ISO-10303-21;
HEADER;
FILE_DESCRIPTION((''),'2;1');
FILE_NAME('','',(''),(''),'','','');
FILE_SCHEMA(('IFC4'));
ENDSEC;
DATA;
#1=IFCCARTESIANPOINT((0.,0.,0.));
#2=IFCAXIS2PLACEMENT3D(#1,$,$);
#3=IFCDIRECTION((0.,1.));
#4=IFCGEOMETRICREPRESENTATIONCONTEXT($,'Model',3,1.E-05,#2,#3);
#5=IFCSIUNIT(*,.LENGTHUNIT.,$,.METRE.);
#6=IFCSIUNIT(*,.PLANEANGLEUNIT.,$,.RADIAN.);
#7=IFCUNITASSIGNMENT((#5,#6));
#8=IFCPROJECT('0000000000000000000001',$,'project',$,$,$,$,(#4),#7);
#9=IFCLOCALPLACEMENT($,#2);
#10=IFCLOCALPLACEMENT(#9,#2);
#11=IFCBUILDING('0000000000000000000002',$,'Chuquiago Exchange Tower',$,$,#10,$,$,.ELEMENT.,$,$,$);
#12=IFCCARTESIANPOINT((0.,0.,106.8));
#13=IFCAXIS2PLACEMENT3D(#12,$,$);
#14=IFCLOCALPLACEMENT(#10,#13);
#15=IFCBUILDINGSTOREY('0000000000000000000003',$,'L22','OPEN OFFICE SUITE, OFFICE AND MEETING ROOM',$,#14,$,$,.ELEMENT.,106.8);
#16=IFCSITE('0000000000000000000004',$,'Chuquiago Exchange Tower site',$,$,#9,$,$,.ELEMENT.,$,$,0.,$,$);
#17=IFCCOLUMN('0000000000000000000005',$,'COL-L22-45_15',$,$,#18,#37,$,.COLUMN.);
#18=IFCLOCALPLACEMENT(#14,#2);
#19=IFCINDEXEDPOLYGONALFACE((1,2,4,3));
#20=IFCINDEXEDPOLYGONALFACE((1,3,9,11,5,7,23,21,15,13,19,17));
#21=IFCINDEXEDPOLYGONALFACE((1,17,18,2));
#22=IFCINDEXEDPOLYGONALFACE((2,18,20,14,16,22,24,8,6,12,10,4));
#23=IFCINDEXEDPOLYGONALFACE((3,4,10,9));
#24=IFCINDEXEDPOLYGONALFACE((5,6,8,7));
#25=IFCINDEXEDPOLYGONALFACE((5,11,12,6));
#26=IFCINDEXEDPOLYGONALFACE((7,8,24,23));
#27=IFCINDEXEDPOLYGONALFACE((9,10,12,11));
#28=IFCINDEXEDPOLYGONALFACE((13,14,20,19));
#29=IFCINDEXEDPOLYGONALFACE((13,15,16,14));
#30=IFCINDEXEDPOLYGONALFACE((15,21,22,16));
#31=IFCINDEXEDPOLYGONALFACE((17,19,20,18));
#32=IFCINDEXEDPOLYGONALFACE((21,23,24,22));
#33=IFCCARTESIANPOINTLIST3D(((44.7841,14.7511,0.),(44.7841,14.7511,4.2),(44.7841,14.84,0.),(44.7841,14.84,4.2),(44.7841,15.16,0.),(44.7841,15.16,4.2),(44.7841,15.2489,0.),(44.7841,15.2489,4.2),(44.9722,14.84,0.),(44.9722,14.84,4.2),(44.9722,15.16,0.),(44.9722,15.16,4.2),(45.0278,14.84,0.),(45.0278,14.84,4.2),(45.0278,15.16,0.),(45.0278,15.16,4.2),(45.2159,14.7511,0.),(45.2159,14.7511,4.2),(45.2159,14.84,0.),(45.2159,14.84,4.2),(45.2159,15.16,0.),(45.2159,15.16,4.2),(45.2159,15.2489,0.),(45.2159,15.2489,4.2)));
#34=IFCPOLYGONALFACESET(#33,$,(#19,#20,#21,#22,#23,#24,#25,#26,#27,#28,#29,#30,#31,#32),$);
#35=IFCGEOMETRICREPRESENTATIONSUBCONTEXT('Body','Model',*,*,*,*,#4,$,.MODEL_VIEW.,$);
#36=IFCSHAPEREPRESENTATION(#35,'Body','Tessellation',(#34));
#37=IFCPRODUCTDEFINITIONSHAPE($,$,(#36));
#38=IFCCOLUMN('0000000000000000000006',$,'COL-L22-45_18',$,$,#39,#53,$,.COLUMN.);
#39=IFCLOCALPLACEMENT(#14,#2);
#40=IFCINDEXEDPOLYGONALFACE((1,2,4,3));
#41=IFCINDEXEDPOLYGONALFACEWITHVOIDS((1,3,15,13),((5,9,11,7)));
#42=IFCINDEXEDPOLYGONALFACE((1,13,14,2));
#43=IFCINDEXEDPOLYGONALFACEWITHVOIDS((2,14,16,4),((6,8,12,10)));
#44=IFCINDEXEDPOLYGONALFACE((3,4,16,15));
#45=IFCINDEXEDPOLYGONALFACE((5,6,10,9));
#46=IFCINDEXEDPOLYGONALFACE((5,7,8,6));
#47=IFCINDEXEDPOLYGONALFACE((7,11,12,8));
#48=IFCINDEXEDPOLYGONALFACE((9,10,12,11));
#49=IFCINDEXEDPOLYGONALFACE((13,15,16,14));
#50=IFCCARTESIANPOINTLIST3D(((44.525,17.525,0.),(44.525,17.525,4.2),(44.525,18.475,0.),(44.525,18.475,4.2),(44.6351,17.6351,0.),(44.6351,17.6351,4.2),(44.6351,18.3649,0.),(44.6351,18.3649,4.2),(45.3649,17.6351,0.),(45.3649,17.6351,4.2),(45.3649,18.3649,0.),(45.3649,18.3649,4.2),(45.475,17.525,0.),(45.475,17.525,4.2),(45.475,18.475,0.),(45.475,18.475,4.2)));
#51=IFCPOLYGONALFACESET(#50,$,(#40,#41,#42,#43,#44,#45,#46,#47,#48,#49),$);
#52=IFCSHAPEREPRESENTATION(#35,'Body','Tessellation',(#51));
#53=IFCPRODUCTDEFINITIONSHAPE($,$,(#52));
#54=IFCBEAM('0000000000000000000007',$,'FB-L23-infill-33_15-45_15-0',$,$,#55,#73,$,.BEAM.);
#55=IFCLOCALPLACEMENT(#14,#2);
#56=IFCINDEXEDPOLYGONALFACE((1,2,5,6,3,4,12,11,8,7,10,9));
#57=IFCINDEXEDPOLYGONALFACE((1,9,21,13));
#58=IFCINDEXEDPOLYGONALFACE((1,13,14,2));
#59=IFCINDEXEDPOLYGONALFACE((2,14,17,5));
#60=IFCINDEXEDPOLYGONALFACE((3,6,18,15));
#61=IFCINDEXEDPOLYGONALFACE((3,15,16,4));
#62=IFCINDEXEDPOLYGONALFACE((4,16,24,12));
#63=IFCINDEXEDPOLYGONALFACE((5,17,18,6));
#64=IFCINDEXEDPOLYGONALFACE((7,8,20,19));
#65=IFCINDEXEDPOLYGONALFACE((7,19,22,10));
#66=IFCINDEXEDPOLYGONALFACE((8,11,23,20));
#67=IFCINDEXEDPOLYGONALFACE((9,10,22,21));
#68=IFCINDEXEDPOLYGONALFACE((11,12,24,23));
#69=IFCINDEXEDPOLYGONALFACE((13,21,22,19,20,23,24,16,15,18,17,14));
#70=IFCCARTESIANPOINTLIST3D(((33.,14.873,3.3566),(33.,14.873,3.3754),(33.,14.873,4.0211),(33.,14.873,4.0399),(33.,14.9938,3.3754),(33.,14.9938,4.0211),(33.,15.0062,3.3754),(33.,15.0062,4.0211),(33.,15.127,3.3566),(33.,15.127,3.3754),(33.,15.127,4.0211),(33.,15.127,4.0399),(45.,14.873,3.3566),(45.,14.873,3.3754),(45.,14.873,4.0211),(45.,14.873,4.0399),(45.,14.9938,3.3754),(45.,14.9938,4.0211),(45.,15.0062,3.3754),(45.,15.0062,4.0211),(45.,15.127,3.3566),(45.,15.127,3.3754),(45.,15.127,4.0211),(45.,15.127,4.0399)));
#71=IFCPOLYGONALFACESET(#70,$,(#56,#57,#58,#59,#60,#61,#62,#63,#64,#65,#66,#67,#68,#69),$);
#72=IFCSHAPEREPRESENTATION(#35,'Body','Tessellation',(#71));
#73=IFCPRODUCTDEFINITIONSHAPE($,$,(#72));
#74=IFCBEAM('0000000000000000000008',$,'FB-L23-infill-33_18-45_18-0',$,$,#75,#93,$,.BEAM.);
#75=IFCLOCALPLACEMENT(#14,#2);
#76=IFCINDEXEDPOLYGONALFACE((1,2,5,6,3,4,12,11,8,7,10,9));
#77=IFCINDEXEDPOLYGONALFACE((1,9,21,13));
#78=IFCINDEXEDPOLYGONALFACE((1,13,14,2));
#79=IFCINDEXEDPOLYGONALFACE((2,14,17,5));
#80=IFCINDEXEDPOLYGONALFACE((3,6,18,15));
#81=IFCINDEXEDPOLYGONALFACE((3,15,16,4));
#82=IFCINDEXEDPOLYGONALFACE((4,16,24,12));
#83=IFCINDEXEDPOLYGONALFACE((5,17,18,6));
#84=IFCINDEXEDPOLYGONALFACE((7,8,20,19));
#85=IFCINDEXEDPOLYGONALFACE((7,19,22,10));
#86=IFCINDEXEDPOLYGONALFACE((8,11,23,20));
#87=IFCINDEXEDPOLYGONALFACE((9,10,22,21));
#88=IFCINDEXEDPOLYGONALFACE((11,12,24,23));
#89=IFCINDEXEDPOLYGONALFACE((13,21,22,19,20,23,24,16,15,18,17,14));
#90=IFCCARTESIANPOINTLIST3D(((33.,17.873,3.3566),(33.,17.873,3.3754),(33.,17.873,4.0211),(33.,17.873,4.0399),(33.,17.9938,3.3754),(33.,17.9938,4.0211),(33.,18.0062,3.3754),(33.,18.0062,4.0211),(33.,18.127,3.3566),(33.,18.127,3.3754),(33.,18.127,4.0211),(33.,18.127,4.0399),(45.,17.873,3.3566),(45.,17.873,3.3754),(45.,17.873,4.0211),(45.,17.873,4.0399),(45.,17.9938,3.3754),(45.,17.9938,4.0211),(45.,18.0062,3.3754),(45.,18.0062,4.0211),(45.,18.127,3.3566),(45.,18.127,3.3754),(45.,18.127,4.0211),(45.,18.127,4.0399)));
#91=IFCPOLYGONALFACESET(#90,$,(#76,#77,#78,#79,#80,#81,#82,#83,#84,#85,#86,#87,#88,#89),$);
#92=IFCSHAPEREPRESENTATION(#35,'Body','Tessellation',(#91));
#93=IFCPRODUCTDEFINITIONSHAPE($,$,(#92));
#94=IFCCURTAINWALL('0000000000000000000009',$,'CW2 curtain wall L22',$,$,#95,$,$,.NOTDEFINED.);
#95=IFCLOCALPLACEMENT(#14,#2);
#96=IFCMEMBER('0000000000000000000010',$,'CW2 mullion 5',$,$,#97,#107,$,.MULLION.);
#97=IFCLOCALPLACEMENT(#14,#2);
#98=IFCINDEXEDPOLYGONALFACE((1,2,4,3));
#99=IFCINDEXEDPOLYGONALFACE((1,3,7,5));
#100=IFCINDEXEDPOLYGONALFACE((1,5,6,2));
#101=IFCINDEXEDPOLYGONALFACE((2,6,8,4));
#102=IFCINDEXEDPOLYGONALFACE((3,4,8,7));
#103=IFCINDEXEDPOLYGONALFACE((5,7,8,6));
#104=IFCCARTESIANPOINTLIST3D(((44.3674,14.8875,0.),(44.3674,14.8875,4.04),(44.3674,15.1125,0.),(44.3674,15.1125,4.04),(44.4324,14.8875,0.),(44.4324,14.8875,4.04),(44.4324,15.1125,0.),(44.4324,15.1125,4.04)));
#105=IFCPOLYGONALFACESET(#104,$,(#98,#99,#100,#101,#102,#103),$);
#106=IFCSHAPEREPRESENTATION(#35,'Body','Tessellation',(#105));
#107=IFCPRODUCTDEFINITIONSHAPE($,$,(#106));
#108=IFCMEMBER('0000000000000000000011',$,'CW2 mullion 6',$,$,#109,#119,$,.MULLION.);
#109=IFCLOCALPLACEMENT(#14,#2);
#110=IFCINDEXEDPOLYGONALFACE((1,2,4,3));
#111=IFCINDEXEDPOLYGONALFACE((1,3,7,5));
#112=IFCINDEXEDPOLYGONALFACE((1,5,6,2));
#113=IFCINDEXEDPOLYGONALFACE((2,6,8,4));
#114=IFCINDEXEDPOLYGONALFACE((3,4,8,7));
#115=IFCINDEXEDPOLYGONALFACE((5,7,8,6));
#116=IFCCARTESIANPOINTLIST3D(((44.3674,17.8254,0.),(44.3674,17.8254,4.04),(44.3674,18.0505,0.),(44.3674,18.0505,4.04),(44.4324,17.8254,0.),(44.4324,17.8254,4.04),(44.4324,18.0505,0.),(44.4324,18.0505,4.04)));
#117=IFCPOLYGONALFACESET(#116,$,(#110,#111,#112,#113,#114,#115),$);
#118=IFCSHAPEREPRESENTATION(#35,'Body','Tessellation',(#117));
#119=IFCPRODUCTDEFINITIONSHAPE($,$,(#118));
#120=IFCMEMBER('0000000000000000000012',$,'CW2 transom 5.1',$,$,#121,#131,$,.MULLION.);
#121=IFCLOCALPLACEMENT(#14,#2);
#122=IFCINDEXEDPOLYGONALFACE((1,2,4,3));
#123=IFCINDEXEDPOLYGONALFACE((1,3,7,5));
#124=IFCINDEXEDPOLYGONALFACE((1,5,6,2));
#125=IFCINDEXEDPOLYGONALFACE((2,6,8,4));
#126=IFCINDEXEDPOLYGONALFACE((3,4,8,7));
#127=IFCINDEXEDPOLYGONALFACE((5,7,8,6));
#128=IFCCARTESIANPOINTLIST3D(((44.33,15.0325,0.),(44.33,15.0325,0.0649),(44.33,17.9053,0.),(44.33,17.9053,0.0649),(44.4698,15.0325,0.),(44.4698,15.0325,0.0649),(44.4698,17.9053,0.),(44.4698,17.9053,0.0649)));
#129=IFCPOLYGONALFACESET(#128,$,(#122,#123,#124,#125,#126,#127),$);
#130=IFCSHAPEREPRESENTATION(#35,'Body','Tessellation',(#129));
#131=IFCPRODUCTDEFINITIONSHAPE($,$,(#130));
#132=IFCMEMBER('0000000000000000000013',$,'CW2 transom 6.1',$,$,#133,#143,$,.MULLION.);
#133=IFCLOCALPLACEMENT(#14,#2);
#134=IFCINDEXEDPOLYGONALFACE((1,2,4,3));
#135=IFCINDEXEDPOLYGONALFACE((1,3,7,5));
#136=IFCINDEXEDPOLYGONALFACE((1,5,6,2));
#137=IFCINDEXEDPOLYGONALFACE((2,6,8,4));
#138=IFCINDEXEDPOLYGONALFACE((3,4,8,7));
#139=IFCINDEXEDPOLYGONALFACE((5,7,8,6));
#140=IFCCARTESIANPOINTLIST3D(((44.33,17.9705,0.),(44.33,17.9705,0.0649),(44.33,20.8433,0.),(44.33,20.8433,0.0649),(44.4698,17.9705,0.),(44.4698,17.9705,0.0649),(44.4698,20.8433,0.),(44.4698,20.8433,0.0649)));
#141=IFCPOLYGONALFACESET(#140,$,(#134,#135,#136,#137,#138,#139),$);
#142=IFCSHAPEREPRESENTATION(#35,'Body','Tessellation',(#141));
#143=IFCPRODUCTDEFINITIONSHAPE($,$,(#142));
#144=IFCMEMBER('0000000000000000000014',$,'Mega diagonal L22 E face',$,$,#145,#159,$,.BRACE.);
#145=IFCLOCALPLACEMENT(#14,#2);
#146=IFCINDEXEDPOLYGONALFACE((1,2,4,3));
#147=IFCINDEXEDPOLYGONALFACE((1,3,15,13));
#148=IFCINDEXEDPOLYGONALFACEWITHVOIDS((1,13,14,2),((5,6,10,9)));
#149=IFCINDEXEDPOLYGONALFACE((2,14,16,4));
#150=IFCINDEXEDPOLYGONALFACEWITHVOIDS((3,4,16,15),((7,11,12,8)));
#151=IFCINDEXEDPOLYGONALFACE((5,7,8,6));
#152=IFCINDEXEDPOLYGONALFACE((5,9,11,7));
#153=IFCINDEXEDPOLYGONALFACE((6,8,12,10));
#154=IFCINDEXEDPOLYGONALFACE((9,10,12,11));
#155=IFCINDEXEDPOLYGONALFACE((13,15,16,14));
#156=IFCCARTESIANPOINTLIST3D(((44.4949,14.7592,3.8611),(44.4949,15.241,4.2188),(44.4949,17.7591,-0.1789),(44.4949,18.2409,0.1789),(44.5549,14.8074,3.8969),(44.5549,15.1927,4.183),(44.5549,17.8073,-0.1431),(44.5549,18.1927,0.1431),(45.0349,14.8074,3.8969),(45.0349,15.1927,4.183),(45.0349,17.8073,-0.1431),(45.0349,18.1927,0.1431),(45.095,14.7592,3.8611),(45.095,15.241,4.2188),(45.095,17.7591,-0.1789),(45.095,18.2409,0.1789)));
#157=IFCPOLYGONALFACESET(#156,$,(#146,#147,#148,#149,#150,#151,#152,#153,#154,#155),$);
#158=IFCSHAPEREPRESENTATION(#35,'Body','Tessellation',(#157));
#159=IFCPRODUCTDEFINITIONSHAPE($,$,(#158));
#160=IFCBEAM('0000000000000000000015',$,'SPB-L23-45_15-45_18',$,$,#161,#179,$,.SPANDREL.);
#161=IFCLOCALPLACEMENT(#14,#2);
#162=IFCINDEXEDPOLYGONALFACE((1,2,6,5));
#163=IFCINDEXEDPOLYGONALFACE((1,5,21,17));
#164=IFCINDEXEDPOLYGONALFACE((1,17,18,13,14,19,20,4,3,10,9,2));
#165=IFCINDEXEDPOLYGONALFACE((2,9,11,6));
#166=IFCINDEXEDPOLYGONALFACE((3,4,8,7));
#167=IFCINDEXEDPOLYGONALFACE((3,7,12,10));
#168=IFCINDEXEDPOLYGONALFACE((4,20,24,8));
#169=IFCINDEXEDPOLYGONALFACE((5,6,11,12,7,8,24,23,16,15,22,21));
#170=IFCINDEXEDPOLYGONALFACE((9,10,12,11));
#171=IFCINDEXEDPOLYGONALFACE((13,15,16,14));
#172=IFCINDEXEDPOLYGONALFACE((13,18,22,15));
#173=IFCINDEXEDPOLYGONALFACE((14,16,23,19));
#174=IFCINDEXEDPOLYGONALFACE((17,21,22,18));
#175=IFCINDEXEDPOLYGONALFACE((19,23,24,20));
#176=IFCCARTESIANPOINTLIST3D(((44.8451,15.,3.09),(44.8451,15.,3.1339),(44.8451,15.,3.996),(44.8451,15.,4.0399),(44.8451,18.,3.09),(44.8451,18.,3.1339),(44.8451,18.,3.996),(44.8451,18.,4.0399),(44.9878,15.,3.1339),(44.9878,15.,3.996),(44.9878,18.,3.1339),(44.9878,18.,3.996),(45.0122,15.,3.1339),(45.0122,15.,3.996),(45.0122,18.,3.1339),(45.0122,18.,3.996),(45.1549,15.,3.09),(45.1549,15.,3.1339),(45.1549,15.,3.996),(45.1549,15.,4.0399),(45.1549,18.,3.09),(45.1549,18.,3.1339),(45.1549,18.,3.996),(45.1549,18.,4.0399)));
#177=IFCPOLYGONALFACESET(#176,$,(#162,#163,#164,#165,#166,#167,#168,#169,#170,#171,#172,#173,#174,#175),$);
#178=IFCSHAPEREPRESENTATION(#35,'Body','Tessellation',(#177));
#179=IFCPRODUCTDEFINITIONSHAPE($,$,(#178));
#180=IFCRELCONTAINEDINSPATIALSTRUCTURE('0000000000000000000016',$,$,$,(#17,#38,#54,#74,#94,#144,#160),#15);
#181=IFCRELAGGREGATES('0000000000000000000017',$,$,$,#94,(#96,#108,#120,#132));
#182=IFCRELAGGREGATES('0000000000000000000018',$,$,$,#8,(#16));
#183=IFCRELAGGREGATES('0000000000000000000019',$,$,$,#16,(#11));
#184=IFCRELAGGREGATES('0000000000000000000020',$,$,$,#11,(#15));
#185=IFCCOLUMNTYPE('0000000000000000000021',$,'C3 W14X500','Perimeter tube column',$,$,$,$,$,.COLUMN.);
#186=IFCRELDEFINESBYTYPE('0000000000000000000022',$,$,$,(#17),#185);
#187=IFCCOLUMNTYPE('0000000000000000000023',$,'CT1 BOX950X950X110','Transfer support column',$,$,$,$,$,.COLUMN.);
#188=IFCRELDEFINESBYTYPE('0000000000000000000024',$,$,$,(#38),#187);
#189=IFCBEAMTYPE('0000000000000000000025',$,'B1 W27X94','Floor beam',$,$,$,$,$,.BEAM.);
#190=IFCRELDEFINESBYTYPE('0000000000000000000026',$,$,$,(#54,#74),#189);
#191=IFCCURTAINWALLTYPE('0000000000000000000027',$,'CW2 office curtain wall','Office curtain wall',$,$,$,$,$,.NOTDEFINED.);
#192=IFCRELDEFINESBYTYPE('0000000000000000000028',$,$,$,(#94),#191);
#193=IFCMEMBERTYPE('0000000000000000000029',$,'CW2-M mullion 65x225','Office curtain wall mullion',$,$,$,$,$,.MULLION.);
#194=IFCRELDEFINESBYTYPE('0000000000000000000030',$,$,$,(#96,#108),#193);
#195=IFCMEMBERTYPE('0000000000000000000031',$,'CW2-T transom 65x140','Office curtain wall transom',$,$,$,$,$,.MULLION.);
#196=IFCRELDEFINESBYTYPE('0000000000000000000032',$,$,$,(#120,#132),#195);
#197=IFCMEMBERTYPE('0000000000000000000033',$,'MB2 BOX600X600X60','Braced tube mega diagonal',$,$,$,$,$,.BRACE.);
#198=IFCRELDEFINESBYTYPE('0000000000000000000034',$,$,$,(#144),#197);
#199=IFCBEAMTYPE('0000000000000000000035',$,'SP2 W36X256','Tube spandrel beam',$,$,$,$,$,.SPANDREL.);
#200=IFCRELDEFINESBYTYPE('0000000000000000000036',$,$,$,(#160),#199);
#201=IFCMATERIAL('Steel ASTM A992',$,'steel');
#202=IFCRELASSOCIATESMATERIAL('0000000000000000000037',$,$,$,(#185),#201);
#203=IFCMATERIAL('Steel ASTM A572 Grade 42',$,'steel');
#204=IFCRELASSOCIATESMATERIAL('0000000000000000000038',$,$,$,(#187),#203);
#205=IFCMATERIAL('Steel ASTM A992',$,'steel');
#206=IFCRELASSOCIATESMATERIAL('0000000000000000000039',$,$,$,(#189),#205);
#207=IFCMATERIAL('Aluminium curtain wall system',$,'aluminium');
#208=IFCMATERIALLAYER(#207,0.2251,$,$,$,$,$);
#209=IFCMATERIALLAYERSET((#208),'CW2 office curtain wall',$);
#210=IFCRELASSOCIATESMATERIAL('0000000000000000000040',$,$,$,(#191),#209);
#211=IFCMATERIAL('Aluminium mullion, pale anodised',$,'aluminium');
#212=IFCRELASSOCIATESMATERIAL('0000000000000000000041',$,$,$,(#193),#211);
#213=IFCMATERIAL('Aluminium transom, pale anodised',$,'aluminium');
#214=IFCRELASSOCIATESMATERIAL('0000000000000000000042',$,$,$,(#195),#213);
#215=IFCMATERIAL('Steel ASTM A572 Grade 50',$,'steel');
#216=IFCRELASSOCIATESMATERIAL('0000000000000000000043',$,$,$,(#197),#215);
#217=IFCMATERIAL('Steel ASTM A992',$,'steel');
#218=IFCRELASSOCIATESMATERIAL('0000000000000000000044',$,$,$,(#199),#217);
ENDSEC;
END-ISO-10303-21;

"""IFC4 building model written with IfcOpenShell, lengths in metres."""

from ifc_helpers import new_model, si_unit, direction, frame, origin, origin_2d, place, context, subcontext, project, spatial, rectangle, hollow_rectangle, i_section, extrude, material, layer, layer_set, material_profile, profile_set, type_object, element, aggregate, save


model = new_model("IFC4")

# Units and contexts
model_context = context("Model", 3, precision=1e-05, world=origin(), true_north=direction((0.0, 1.0)))
body_context = subcontext(model_context, "Body", "Model", "MODEL_VIEW")
ifc_project = project(units=[si_unit("LENGTHUNIT", "METRE"), si_unit("PLANEANGLEUNIT", "RADIAN")], contexts=[model_context])

# Site, building, storey
site_placement = place(None, origin())
site = spatial("IfcSite", under=ifc_project, at=site_placement, Name="Chuquiago Exchange Tower site", CompositionType="ELEMENT", RefElevation=0.0)
building_placement = place(site_placement, origin())
building = spatial("IfcBuilding", under=site, at=building_placement, Name="Chuquiago Exchange Tower", CompositionType="ELEMENT")
storey_placement = place(building_placement, frame((0.0, 0.0, 106.8)))
storey = spatial("IfcBuildingStorey", under=building, at=storey_placement, Name="L22", Description="OPEN OFFICE SUITE, OFFICE AND MEETING ROOM", CompositionType="ELEMENT", Elevation=106.8)

# Columns
ifc_material_1 = material(Name="Steel ASTM A992", Category="steel")
ifc_material_profile_1 = material_profile(ifc_material_1, i_section(OverallWidth=0.4319, OverallDepth=0.4978, WebThickness=0.0557, FlangeThickness=0.0889, at=origin_2d()), Name="W14X500")
ifc_profile_set_1 = profile_set([ifc_material_profile_1], Name="Steel ASTM A992")
column_type_1 = type_object("IfcColumnType", Name="C3 W14X500", Description="Perimeter tube column", PredefinedType="COLUMN", material=ifc_profile_set_1)
column_1_placement = place(storey_placement, frame((45.0, 15.0, 0.0), z_axis=(0.0, 0.0, 1.0), x_axis=(1.0, 0.0, 0.0)))
element("IfcColumn", 1, at=column_1_placement, inside=storey, type_object=column_type_1, Name="COL-L22-45_15", PredefinedType="COLUMN", context=body_context, shape_type="SweptSolid", body=[
    extrude(i_section(OverallWidth=0.4319, OverallDepth=0.4978, WebThickness=0.0557, FlangeThickness=0.0889, at=origin_2d()), origin(), (0.0, 0.0, 1.0), 4.2),
])
ifc_material_2 = material(Name="Steel ASTM A572 Grade 42", Category="steel")
ifc_material_profile_2 = material_profile(ifc_material_2, hollow_rectangle(XDim=0.95, YDim=0.95, WallThickness=0.1101, at=origin_2d()), Name="BOX950X950X110")
ifc_profile_set_2 = profile_set([ifc_material_profile_2], Name="Steel ASTM A572 Grade 42")
column_type_2 = type_object("IfcColumnType", Name="CT1 BOX950X950X110", Description="Transfer support column", PredefinedType="COLUMN", material=ifc_profile_set_2)
column_2_placement = place(storey_placement, frame((45.0, 18.0, 0.0), z_axis=(0.0, 0.0, 1.0), x_axis=(1.0, 0.0, 0.0)))
element("IfcColumn", 2, at=column_2_placement, inside=storey, type_object=column_type_2, Name="COL-L22-45_18", PredefinedType="COLUMN", context=body_context, shape_type="SweptSolid", body=[
    extrude(hollow_rectangle(XDim=0.95, YDim=0.95, WallThickness=0.1101, at=origin_2d()), origin(), (0.0, 0.0, 1.0), 4.2),
])

# Beams
ifc_material_3 = material(Name="Steel ASTM A992", Category="steel")
ifc_material_profile_3 = material_profile(ifc_material_3, i_section(OverallWidth=0.2539, OverallDepth=0.6833, WebThickness=0.0125, FlangeThickness=0.0188, at=origin_2d()), Name="W27X94")
ifc_profile_set_3 = profile_set([ifc_material_profile_3], Name="Steel ASTM A992")
beam_type_1 = type_object("IfcBeamType", Name="B1 W27X94", Description="Floor beam", PredefinedType="BEAM", material=ifc_profile_set_3)
for number, where, z_axis, x_axis, name in (
    (3, (33.0, 15.0, 3.6982), (1.0, 0.0, 0.0), (0.0, 1.0, 0.0), "FB-L23-infill-33_15-45_15-0"),
    (4, (33.0, 18.0, 3.6982), (1.0, 0.0, 0.0), (0.0, 1.0, 0.0), "FB-L23-infill-33_18-45_18-0"),
):
    element("IfcBeam", number, at=place(storey_placement, frame(where, z_axis=z_axis, x_axis=x_axis)), inside=storey, type_object=beam_type_1, Name=name, PredefinedType="BEAM", context=body_context, shape_type="SweptSolid", body=[
        extrude(i_section(OverallWidth=0.2539, OverallDepth=0.6833, WebThickness=0.0125, FlangeThickness=0.0188, at=origin_2d()), origin(), (0.0, 0.0, 1.0), 12.0),
    ])

# Curtain wall, members
ifc_material_4 = material(Name="Aluminium curtain wall system", Category="aluminium")
ifc_layer_1 = layer(ifc_material_4, 0.2251)
ifc_layer_set_1 = layer_set([ifc_layer_1], Name="CW2 office curtain wall")
curtain_wall_type = type_object("IfcCurtainWallType", Name="CW2 office curtain wall", Description="Office curtain wall", PredefinedType="NOTDEFINED", material=ifc_layer_set_1)
curtain_wall_placement = place(storey_placement, origin())
curtain_wall = element("IfcCurtainWall", 5, at=curtain_wall_placement, inside=storey, type_object=curtain_wall_type, Name="CW2 curtain wall L22", PredefinedType="NOTDEFINED")
ifc_material_5 = material(Name="Aluminium mullion, pale anodised", Category="aluminium")
ifc_material_profile_4 = material_profile(ifc_material_5, rectangle(XDim=0.0649, YDim=0.2251, at=origin_2d()), Name="AL 65x225")
ifc_profile_set_4 = profile_set([ifc_material_profile_4], Name="Aluminium mullion, pale anodised")
member_type_1 = type_object("IfcMemberType", Name="CW2-M mullion 65x225", Description="Office curtain wall mullion", PredefinedType="MULLION", material=ifc_profile_set_4)
member_1_placement = place(storey_placement, frame((44.3999, 15.0, 0.0), z_axis=(0.0, 0.0, 1.0), x_axis=(-1.0, 0.0, 0.0)))
member_1 = element("IfcMember", 6, at=member_1_placement, type_object=member_type_1, Name="CW2 mullion 5", PredefinedType="MULLION", context=body_context, shape_type="SweptSolid", body=[
    extrude(rectangle(XDim=0.0649, YDim=0.2251, at=origin_2d()), origin(), (0.0, 0.0, 1.0), 4.04),
])
member_2_placement = place(storey_placement, frame((44.3999, 17.938, 0.0), z_axis=(0.0, 0.0, 1.0), x_axis=(-1.0, 0.0, 0.0)))
member_2 = element("IfcMember", 7, at=member_2_placement, type_object=member_type_1, Name="CW2 mullion 6", PredefinedType="MULLION", context=body_context, shape_type="SweptSolid", body=[
    extrude(rectangle(XDim=0.0649, YDim=0.2251, at=origin_2d()), origin(), (0.0, 0.0, 1.0), 4.04),
])
ifc_material_6 = material(Name="Aluminium transom, pale anodised", Category="aluminium")
ifc_material_profile_5 = material_profile(ifc_material_6, rectangle(XDim=0.1399, YDim=0.0649, at=origin_2d()), Name="AL 140x65")
ifc_profile_set_5 = profile_set([ifc_material_profile_5], Name="Aluminium transom, pale anodised")
member_type_2 = type_object("IfcMemberType", Name="CW2-T transom 65x140", Description="Office curtain wall transom", PredefinedType="MULLION", material=ifc_profile_set_5)
member_3_placement = place(storey_placement, frame((44.3999, 15.0325, 0.0325), z_axis=(0.0, 1.0, 0.0), x_axis=(-1.0, 0.0, 0.0)))
member_3 = element("IfcMember", 8, at=member_3_placement, type_object=member_type_2, Name="CW2 transom 5.1", PredefinedType="MULLION", context=body_context, shape_type="SweptSolid", body=[
    extrude(rectangle(XDim=0.1399, YDim=0.0649, at=origin_2d()), origin(), (0.0, 0.0, 1.0), 2.8728),
])
member_4_placement = place(storey_placement, frame((44.3999, 17.9705, 0.0325), z_axis=(0.0, 1.0, 0.0), x_axis=(-1.0, 0.0, 0.0)))
member_4 = element("IfcMember", 9, at=member_4_placement, type_object=member_type_2, Name="CW2 transom 6.1", PredefinedType="MULLION", context=body_context, shape_type="SweptSolid", body=[
    extrude(rectangle(XDim=0.1399, YDim=0.0649, at=origin_2d()), origin(), (0.0, 0.0, 1.0), 2.8728),
])

# Member
ifc_material_7 = material(Name="Steel ASTM A572 Grade 50", Category="steel")
ifc_material_profile_6 = material_profile(ifc_material_7, hollow_rectangle(XDim=0.6001, YDim=0.6001, WallThickness=0.0601, at=origin_2d()), Name="BOX600X600X60")
ifc_profile_set_6 = profile_set([ifc_material_profile_6], Name="Steel ASTM A572 Grade 50")
member_type_3 = type_object("IfcMemberType", Name="MB2 BOX600X600X60", Description="Braced tube mega diagonal", PredefinedType="BRACE", material=ifc_profile_set_6)
member_5_placement = place(storey_placement, frame((44.7949, 18.0, 0.0), z_axis=(0.0, -0.596174, 0.802855), x_axis=(1.0, 0.0, 0.0)))
element("IfcMember", 10, at=member_5_placement, inside=storey, type_object=member_type_3, Name="Mega diagonal L22 E face", PredefinedType="BRACE", context=body_context, shape_type="SweptSolid", body=[
    extrude(hollow_rectangle(XDim=0.6001, YDim=0.6001, WallThickness=0.0601, at=origin_2d()), origin(), (0.0, 0.0, 1.0), 5.032),
])

# Beam
ifc_material_8 = material(Name="Steel ASTM A992", Category="steel")
ifc_material_profile_7 = material_profile(ifc_material_8, i_section(OverallWidth=0.3098, OverallDepth=0.95, WebThickness=0.0244, FlangeThickness=0.0439, at=origin_2d()), Name="W36X256")
ifc_profile_set_7 = profile_set([ifc_material_profile_7], Name="Steel ASTM A992")
beam_type_2 = type_object("IfcBeamType", Name="SP2 W36X256", Description="Tube spandrel beam", PredefinedType="SPANDREL", material=ifc_profile_set_7)
for number, where, z_axis, x_axis, name in (
    (11, (45.0, 15.0, 3.5649), (0.0, 1.0, 0.0), (-1.0, 0.0, 0.0), "SPB-L23-45_15-45_18"),
):
    element("IfcBeam", number, at=place(storey_placement, frame(where, z_axis=z_axis, x_axis=x_axis)), inside=storey, type_object=beam_type_2, Name=name, PredefinedType="SPANDREL", context=body_context, shape_type="SweptSolid", body=[
        extrude(i_section(OverallWidth=0.3098, OverallDepth=0.95, WebThickness=0.0244, FlangeThickness=0.0439, at=origin_2d()), origin(), (0.0, 0.0, 1.0), 3.0),
    ])

aggregate(curtain_wall, [member_1, member_2, member_3, member_4])

save(model, "model.ifc")
